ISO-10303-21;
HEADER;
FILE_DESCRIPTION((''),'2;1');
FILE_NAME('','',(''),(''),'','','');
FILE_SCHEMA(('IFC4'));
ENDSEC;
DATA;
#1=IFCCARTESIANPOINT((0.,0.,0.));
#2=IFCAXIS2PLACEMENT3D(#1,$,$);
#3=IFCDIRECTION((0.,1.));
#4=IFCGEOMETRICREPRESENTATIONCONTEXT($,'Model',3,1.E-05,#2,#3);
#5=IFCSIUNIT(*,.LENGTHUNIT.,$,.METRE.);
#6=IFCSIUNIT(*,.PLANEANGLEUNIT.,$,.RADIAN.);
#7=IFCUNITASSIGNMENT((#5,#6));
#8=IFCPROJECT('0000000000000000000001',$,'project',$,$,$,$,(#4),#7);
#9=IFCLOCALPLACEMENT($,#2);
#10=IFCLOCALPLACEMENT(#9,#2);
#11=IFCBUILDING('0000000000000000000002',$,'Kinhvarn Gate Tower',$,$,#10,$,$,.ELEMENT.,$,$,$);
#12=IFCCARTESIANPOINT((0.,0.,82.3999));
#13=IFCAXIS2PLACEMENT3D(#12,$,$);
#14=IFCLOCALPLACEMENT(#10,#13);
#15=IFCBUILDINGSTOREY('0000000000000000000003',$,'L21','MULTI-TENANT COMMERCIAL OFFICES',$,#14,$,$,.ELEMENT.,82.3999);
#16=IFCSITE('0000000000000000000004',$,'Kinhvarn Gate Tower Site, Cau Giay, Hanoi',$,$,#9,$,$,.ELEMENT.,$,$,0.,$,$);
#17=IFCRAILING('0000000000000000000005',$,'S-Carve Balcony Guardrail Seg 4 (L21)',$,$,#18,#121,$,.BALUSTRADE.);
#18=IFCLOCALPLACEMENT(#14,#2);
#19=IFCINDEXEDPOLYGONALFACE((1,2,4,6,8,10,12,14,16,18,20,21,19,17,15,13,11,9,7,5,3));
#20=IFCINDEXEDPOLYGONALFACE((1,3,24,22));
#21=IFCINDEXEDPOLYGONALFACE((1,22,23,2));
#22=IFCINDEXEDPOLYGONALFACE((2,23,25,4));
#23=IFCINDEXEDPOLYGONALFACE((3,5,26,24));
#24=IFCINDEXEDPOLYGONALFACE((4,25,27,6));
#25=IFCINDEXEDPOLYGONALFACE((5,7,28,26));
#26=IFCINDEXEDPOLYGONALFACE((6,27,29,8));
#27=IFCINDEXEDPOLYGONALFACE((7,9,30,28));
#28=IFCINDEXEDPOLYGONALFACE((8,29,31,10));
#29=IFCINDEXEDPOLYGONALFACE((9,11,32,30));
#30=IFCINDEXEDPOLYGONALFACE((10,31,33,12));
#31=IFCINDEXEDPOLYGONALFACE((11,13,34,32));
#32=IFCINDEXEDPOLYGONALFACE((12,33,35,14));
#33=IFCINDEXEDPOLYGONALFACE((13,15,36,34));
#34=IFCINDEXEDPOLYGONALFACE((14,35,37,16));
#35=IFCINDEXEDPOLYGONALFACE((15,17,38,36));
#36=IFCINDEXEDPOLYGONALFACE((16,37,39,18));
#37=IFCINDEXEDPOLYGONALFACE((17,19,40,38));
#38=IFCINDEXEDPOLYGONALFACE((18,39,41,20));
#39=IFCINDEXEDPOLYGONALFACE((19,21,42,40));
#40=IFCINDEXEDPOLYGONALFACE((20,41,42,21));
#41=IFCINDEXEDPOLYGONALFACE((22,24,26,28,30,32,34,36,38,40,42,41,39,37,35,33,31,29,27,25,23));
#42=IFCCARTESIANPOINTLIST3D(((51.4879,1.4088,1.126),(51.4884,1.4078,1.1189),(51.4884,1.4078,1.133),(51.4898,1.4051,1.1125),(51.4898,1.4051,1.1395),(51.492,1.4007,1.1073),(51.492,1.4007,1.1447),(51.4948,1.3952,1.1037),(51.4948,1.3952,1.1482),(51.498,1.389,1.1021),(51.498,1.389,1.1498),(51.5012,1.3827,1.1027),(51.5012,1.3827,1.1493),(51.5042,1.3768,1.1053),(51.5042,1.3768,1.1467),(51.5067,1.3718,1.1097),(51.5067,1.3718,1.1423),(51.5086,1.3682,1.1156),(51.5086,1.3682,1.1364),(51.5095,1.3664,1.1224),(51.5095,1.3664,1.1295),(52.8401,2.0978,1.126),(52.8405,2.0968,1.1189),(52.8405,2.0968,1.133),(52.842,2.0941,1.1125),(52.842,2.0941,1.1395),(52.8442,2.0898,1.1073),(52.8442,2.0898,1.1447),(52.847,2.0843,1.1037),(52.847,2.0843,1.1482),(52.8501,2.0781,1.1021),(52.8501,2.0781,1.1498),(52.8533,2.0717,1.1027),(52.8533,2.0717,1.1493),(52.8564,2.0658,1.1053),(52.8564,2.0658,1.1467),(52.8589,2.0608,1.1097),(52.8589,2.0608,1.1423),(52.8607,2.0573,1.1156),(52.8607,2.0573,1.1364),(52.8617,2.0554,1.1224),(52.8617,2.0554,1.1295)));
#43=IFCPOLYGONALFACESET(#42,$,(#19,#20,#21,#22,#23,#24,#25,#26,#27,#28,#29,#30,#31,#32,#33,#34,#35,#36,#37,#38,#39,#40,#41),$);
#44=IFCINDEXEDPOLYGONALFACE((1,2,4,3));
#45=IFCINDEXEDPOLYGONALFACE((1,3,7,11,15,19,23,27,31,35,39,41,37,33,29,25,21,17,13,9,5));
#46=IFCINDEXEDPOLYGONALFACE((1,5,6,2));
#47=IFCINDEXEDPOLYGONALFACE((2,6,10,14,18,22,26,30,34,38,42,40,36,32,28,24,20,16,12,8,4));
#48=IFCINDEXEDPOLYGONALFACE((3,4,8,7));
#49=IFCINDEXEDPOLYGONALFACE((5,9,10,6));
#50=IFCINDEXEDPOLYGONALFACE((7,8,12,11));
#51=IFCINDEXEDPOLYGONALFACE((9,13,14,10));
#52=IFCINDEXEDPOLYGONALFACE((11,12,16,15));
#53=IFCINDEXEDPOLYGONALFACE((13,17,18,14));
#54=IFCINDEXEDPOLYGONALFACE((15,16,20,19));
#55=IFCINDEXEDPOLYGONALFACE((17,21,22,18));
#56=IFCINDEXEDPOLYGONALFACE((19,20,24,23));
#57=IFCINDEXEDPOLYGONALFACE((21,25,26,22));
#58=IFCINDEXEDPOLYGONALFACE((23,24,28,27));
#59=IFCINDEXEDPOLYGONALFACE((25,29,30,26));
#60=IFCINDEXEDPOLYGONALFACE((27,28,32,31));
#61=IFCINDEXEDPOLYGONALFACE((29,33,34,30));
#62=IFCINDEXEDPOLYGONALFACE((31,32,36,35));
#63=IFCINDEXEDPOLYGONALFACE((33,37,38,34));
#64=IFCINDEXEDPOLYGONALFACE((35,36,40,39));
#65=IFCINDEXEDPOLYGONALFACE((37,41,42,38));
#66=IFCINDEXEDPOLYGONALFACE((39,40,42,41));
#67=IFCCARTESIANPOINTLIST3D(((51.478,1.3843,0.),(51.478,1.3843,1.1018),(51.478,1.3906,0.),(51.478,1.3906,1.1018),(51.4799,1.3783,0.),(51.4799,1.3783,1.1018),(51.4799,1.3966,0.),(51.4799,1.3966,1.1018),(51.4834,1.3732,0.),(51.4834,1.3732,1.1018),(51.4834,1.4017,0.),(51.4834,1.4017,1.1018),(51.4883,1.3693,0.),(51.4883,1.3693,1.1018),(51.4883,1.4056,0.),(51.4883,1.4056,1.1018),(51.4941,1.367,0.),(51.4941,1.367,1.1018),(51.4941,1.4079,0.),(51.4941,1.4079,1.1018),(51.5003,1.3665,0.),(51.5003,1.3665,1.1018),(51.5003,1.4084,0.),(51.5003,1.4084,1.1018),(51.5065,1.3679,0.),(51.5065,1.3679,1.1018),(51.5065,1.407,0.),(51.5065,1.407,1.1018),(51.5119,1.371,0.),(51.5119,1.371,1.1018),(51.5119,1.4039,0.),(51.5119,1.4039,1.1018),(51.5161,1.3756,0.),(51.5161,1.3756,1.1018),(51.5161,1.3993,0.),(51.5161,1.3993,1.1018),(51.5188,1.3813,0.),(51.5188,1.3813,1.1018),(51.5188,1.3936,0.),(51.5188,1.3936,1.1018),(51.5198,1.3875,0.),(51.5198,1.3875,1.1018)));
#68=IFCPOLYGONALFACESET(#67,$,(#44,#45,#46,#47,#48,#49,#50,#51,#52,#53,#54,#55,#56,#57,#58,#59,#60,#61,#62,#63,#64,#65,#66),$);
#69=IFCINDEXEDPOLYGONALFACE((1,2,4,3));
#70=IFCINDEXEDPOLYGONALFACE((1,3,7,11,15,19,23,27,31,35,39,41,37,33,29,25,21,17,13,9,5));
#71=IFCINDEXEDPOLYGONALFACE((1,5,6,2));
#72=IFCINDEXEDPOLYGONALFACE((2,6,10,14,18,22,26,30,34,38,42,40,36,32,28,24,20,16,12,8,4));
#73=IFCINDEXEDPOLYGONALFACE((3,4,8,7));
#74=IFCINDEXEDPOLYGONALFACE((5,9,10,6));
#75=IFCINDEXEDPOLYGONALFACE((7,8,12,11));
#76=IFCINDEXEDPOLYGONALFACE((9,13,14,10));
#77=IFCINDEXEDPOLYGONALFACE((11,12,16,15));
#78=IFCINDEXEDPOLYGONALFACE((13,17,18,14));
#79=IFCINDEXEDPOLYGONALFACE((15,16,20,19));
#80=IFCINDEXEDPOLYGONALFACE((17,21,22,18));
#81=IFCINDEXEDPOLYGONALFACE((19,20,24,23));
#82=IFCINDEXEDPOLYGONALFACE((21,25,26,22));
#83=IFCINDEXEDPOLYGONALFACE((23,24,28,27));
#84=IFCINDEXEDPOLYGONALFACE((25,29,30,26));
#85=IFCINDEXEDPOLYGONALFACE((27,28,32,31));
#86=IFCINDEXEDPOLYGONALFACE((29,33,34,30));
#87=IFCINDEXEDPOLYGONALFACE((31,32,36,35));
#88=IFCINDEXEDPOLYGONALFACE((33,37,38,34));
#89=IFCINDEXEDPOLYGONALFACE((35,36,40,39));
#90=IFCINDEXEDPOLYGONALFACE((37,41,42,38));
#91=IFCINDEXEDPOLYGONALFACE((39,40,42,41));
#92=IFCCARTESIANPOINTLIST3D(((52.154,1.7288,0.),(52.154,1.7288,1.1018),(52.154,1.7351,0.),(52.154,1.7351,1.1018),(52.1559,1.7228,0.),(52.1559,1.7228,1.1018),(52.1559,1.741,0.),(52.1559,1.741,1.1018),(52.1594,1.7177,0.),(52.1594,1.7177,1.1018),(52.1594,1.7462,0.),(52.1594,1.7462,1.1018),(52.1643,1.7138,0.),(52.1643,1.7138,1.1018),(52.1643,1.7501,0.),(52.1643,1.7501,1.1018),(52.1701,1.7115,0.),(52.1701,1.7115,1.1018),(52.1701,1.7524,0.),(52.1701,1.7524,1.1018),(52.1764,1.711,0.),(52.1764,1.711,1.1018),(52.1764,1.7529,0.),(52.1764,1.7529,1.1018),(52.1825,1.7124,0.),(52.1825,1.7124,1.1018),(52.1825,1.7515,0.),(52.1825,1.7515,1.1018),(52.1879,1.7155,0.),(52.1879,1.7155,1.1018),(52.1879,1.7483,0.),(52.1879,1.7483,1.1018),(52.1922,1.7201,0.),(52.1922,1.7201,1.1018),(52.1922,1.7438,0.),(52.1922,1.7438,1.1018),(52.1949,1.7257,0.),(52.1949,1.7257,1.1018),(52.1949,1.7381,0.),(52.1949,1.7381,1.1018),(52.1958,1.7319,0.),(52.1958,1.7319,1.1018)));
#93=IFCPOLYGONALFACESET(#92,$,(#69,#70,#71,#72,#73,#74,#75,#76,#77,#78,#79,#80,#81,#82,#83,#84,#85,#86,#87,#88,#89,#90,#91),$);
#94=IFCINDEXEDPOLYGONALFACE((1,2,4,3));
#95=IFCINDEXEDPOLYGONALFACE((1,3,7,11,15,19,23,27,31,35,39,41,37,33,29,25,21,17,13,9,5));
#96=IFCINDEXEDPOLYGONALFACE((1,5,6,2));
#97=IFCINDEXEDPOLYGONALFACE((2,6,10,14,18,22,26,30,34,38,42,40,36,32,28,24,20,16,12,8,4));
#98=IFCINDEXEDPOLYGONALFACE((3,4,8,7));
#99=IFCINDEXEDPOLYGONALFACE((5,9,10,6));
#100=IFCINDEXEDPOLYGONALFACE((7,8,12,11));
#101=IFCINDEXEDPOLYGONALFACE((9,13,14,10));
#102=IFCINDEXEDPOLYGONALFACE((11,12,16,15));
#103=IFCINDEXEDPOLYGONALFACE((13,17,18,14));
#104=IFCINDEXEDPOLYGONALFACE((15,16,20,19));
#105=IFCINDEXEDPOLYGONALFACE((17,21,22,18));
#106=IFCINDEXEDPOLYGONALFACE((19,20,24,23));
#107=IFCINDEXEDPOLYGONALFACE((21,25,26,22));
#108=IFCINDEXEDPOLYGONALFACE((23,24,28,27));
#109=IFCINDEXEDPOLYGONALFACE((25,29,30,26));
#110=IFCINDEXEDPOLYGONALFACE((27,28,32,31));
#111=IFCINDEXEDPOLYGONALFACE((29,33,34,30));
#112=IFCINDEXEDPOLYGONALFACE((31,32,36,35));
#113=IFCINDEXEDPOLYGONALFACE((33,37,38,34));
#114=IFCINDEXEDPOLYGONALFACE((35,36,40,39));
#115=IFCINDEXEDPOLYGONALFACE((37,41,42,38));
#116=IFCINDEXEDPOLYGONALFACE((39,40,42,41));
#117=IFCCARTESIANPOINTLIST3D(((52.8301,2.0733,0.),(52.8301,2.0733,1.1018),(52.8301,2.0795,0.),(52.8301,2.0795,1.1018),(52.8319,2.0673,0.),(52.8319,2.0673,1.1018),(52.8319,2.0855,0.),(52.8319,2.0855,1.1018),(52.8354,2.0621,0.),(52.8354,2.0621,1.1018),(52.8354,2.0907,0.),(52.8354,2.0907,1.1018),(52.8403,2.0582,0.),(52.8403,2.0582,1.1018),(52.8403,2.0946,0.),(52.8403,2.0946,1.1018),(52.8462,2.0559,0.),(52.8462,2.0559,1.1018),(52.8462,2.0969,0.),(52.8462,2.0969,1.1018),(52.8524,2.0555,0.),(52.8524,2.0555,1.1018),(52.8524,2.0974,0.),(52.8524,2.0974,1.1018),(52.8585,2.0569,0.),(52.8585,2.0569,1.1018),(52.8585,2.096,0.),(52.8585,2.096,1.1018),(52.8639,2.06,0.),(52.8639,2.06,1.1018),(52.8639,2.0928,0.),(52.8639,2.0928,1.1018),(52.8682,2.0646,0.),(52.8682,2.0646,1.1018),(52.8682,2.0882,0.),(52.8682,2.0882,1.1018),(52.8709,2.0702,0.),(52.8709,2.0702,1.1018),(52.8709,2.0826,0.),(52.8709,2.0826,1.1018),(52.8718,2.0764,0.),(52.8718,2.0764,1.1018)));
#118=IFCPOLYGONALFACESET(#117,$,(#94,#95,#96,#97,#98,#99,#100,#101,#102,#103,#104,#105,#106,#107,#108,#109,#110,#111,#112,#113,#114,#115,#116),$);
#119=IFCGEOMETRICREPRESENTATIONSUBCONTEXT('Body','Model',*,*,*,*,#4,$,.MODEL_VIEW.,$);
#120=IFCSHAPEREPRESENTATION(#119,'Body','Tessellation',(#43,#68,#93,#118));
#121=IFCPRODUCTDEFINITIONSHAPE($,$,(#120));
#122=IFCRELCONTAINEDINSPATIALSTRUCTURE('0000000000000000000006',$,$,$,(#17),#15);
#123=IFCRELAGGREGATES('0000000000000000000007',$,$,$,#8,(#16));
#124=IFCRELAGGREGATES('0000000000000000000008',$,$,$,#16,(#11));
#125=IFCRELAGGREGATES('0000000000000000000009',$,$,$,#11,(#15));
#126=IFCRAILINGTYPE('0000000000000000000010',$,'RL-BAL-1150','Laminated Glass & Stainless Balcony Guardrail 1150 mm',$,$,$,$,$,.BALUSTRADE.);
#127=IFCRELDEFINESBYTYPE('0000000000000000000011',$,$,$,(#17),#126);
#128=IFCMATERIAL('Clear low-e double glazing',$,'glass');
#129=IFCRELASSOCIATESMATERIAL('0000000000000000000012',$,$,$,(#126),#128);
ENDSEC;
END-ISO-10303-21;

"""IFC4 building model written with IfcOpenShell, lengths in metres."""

from ifc_helpers import new_model, si_unit, direction, frame, origin, origin_2d, place, context, subcontext, project, spatial, circle, extrude, material, type_object, element, save


model = new_model("IFC4")

# Units and contexts
model_context = context("Model", 3, precision=1e-05, world=origin(), true_north=direction((0.0, 1.0)))
body_context = subcontext(model_context, "Body", "Model", "MODEL_VIEW")
ifc_project = project(units=[si_unit("LENGTHUNIT", "METRE"), si_unit("PLANEANGLEUNIT", "RADIAN")], contexts=[model_context])

# Site, building, storey
site_placement = place(None, origin())
site = spatial("IfcSite", under=ifc_project, at=site_placement, Name="Kinhvarn Gate Tower Site, Cau Giay, Hanoi", CompositionType="ELEMENT", RefElevation=0.0)
building_placement = place(site_placement, origin())
building = spatial("IfcBuilding", under=site, at=building_placement, Name="Kinhvarn Gate Tower", CompositionType="ELEMENT")
storey_placement = place(building_placement, frame((0.0, 0.0, 82.3999)))
storey = spatial("IfcBuildingStorey", under=building, at=storey_placement, Name="L21", Description="MULTI-TENANT COMMERCIAL OFFICES", CompositionType="ELEMENT", Elevation=82.3999)

# Shared definitions
ifc_material_1 = material(Name="Clear low-e double glazing", Category="glass")

# Railing
railing_type = type_object("IfcRailingType", Name="RL-BAL-1150", Description="Laminated Glass & Stainless Balcony Guardrail 1150 mm", PredefinedType="BALUSTRADE", material=ifc_material_1)
railing_1_placement = place(storey_placement, frame((51.4988, 1.3875, 0.0)))
element("IfcRailing", 1, at=railing_1_placement, inside=storey, type_object=railing_type, Name="S-Carve Balcony Guardrail Seg 4 (L21)", PredefinedType="BALUSTRADE", context=body_context, shape_type="SweptSolid", body=[
    extrude(circle(Radius=0.0239, at=origin_2d()), frame((0.0, 0.0, 1.126), z_axis=(0.89099, 0.454022, 0.0), x_axis=(-0.454022, 0.89099, 0.0)), (0.0, 0.0, 1.0), 1.5176),
    extrude(circle(Radius=0.021, at=origin_2d()), origin(), (0.0, 0.0, 1.0), 1.1018),
    extrude(circle(Radius=0.021, at=origin_2d()), frame((0.676, 0.3445, 0.0)), (0.0, 0.0, 1.0), 1.1018),
    extrude(circle(Radius=0.021, at=origin_2d()), frame((1.3521, 0.689, 0.0)), (0.0, 0.0, 1.0), 1.1018),
])

save(model, "model.ifc")
